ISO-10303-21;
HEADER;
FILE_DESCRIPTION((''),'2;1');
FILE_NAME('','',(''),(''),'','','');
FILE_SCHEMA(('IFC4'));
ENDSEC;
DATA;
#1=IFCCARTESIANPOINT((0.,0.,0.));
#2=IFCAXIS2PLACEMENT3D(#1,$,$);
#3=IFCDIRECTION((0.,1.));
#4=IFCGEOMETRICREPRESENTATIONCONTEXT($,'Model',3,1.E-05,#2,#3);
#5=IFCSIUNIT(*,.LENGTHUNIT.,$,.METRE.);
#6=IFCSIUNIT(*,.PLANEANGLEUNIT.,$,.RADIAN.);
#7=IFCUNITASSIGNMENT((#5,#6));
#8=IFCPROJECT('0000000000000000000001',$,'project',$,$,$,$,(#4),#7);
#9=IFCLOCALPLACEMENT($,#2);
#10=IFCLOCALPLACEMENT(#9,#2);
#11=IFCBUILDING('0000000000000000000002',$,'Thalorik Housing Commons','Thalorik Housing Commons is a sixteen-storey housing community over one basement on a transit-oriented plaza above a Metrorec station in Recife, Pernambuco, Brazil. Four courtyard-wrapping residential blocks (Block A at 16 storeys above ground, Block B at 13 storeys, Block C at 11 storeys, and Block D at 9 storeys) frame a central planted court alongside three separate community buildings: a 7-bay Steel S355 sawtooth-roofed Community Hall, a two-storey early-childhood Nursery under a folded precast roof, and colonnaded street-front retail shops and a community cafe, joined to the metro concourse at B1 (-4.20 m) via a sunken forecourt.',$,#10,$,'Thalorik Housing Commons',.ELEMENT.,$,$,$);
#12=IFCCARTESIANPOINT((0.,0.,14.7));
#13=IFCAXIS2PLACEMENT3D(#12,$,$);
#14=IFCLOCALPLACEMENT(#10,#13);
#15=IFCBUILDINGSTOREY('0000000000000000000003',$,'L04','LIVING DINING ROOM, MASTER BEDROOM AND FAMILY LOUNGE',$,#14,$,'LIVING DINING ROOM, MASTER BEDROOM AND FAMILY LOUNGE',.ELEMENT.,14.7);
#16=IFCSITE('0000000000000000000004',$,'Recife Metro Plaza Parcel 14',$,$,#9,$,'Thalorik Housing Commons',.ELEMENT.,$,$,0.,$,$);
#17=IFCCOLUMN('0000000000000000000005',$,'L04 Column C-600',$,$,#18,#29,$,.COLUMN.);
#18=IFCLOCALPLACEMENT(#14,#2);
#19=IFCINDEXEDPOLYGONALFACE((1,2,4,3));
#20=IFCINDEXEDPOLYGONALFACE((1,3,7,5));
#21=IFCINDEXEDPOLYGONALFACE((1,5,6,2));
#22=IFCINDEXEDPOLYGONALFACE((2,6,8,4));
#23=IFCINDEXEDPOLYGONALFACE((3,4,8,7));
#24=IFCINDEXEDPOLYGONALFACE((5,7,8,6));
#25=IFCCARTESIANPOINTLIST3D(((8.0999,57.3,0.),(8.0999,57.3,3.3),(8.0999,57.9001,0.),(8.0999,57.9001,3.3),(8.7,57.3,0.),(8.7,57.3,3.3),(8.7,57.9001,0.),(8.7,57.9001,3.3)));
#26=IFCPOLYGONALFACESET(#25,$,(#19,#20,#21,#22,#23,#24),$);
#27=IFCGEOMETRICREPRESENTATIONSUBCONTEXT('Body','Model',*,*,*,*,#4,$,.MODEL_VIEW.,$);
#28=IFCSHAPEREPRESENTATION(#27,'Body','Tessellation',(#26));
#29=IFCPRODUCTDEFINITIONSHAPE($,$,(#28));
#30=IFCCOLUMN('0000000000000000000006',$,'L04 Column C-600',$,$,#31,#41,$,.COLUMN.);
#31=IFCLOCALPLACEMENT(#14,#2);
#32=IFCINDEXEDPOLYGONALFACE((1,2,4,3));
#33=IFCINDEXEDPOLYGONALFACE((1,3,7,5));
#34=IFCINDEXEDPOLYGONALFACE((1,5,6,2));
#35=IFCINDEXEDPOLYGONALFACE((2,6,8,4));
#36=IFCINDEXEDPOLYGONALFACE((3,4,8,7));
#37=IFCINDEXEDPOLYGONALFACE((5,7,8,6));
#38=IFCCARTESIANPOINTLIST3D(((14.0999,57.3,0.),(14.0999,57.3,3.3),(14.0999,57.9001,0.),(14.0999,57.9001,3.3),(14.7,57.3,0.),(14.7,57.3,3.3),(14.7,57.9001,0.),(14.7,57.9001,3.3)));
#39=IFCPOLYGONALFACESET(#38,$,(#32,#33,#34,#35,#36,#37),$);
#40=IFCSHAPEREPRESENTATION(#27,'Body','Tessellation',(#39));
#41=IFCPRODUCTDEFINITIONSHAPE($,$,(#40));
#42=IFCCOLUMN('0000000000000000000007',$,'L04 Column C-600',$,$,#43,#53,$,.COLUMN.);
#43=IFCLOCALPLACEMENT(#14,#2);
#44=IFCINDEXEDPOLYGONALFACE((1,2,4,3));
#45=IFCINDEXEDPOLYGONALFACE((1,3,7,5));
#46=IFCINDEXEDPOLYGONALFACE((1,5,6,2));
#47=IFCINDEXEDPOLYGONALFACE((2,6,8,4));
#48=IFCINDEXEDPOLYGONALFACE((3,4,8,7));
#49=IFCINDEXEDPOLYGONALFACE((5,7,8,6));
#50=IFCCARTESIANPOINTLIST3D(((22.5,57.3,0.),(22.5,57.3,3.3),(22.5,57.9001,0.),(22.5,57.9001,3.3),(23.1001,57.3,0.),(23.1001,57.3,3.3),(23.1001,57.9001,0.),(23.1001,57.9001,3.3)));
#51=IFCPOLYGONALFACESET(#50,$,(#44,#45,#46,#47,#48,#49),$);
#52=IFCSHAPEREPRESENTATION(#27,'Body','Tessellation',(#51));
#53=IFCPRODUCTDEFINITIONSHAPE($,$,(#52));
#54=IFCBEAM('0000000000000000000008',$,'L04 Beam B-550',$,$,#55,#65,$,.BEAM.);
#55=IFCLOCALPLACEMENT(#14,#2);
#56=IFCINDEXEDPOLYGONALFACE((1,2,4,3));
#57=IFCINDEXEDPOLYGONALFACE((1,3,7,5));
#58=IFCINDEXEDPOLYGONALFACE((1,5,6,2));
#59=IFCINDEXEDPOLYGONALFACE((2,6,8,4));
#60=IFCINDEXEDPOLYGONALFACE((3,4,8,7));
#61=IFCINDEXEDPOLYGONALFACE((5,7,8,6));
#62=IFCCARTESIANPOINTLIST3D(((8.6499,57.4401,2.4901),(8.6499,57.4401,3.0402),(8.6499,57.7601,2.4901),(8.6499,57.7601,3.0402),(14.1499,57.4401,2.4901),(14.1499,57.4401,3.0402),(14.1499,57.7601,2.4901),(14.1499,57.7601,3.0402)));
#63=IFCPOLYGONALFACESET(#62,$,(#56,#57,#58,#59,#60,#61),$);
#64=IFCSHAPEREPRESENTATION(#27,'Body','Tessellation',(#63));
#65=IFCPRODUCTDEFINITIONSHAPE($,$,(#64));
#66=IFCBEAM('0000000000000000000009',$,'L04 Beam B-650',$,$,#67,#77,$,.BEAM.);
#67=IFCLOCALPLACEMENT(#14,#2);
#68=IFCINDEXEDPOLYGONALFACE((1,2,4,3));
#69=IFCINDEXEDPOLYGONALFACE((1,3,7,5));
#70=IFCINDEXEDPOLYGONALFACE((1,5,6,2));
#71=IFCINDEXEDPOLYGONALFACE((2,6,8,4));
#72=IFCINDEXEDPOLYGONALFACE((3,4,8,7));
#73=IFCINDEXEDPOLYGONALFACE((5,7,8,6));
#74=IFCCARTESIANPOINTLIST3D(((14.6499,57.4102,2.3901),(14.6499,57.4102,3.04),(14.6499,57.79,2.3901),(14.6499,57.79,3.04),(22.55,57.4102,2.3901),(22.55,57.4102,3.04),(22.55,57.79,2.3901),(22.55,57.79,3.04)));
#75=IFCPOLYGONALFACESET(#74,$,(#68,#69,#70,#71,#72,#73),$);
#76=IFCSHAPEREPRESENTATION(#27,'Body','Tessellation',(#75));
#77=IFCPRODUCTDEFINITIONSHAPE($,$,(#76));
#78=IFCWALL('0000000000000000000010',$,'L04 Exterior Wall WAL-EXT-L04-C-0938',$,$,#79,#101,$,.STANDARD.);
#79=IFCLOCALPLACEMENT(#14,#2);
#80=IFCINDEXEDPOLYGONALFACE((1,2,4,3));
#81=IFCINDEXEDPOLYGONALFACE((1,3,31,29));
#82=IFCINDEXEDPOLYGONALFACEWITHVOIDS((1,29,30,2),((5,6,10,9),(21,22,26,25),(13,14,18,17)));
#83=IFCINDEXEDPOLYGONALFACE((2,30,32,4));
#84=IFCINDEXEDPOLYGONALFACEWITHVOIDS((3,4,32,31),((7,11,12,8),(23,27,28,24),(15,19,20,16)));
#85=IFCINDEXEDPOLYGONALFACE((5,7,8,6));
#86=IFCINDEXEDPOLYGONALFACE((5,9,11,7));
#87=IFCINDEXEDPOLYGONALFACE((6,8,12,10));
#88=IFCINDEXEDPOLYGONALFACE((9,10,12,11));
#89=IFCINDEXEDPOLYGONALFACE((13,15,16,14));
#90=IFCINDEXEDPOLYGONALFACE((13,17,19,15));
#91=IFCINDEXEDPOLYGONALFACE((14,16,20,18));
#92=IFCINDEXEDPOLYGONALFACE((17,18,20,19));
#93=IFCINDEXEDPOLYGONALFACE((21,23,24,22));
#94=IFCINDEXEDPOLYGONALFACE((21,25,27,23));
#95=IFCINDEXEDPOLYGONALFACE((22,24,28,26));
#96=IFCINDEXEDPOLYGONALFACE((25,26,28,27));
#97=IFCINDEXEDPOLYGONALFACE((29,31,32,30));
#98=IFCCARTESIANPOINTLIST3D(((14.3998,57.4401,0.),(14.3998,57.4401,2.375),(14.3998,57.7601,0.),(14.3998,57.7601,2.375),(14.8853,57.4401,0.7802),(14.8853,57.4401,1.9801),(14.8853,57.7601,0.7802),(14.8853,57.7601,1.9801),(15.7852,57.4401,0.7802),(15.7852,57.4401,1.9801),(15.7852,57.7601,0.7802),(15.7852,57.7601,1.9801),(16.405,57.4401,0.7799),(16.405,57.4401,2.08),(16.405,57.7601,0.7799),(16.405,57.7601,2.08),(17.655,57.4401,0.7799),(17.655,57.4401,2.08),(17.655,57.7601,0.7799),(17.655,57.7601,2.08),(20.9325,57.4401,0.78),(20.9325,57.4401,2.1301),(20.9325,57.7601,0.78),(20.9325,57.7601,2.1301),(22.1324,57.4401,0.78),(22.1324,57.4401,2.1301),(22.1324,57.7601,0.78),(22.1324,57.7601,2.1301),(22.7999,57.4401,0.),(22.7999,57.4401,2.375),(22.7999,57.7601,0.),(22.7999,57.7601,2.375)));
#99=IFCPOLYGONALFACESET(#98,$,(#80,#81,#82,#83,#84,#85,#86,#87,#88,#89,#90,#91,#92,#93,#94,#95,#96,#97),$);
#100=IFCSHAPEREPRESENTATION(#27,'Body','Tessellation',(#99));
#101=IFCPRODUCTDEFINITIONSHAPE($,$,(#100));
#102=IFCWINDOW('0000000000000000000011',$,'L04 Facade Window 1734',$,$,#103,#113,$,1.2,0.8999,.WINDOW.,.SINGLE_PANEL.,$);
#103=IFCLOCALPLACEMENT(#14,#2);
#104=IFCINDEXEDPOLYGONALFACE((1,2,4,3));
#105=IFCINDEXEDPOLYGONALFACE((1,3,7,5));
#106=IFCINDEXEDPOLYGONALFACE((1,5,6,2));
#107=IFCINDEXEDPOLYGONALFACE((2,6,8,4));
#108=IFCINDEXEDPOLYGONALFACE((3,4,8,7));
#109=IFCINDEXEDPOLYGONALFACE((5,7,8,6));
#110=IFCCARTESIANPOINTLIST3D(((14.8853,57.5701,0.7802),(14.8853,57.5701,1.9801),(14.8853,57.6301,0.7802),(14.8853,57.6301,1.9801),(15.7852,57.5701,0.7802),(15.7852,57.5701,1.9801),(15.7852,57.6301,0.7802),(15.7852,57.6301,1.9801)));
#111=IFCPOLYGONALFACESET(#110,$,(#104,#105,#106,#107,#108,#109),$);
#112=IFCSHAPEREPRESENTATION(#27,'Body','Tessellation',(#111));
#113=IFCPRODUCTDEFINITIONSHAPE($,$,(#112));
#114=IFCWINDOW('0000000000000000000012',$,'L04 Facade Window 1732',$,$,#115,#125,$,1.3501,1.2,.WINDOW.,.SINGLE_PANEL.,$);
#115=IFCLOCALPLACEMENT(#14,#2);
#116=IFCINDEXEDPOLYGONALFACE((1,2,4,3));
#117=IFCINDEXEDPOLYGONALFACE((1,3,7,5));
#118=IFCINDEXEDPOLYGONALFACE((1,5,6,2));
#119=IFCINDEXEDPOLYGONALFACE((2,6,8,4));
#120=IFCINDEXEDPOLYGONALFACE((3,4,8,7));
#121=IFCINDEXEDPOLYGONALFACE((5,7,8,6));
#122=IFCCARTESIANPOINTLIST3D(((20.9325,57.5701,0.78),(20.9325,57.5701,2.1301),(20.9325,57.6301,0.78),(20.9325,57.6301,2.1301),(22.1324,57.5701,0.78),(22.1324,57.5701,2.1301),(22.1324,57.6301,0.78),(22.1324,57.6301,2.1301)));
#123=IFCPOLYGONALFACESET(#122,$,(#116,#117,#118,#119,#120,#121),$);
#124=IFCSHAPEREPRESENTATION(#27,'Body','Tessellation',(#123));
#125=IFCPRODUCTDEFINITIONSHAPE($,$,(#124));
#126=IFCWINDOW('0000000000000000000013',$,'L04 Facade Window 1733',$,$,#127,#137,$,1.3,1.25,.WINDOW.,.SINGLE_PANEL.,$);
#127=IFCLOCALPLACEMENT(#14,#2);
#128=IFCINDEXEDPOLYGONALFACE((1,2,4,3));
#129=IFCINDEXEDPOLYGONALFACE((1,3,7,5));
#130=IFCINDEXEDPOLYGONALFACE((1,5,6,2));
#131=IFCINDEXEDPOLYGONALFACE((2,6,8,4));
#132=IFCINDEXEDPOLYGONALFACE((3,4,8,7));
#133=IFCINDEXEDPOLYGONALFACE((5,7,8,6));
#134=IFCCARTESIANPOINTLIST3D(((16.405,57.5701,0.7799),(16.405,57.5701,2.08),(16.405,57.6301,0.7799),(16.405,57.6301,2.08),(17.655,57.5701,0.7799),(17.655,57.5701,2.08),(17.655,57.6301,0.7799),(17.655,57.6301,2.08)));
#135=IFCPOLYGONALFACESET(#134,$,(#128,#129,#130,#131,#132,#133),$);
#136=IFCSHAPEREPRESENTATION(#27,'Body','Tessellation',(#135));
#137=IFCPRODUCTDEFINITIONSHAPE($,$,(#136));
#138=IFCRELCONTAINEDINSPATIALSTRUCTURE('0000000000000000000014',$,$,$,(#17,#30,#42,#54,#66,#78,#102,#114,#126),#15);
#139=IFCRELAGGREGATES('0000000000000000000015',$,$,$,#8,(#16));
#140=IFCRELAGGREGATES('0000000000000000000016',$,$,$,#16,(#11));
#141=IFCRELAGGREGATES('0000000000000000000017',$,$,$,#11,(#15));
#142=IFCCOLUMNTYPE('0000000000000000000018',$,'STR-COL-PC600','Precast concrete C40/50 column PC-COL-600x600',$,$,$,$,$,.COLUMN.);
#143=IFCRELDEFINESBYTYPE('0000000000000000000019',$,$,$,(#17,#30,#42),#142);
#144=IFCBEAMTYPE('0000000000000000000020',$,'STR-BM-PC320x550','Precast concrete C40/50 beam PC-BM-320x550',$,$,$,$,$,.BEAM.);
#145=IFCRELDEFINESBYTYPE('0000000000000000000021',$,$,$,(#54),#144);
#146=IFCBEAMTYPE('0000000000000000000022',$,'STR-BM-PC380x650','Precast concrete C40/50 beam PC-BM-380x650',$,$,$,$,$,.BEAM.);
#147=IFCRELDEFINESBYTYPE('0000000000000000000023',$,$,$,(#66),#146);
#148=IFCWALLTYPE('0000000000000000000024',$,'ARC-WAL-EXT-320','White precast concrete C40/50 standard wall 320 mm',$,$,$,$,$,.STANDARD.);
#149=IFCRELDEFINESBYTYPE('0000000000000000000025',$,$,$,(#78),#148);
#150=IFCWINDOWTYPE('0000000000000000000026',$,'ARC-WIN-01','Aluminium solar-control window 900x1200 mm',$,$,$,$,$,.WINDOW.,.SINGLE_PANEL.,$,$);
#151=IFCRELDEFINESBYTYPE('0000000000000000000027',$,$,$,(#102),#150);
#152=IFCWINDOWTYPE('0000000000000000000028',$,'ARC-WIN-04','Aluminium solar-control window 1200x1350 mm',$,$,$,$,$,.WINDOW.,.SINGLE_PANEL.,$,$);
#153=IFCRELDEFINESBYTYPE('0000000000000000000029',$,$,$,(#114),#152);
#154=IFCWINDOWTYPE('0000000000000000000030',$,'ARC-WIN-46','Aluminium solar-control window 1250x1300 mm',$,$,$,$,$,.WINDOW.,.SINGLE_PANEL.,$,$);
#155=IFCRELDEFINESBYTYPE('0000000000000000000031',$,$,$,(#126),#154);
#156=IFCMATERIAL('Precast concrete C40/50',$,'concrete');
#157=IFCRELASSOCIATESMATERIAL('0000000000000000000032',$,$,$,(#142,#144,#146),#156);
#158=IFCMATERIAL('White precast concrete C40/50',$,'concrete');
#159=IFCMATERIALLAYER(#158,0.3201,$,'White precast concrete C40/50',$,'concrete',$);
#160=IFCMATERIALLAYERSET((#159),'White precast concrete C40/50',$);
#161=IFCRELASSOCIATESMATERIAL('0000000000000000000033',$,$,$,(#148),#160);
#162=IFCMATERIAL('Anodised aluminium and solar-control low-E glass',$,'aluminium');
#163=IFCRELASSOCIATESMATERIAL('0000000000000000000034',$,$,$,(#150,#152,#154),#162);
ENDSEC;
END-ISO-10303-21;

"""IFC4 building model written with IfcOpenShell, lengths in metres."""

from ifc_helpers import new_model, si_unit, direction, frame, frame_2d, origin, origin_2d, place, context, subcontext, project, spatial, rectangle, extrude, material, layer, layer_set, material_profile, profile_set, type_object, element, fill, save


model = new_model("IFC4")

# Units and contexts
model_context = context("Model", 3, precision=1e-05, world=origin(), true_north=direction((0.0, 1.0)))
body_context = subcontext(model_context, "Body", "Model", "MODEL_VIEW")
ifc_project = project(units=[si_unit("LENGTHUNIT", "METRE"), si_unit("PLANEANGLEUNIT", "RADIAN")], contexts=[model_context])

# Site, building, storey
site_placement = place(None, origin())
site = spatial("IfcSite", under=ifc_project, at=site_placement, Name="Recife Metro Plaza Parcel 14", LongName="Thalorik Housing Commons", CompositionType="ELEMENT", RefElevation=0.0)
building_placement = place(site_placement, origin())
building = spatial("IfcBuilding", under=site, at=building_placement, Name="Thalorik Housing Commons", Description="Thalorik Housing Commons is a sixteen-storey housing community over one basement on a transit-oriented plaza above a Metrorec station in Recife, Pernambuco, Brazil. Four courtyard-wrapping residential blocks (Block A at 16 storeys above ground, Block B at 13 storeys, Block C at 11 storeys, and Block D at 9 storeys) frame a central planted court alongside three separate community buildings: a 7-bay Steel S355 sawtooth-roofed Community Hall, a two-storey early-childhood Nursery under a folded precast roof, and colonnaded street-front retail shops and a community cafe, joined to the metro concourse at B1 (-4.20 m) via a sunken forecourt.", LongName="Thalorik Housing Commons", CompositionType="ELEMENT")
storey_placement = place(building_placement, frame((0.0, 0.0, 14.7)))
storey = spatial("IfcBuildingStorey", under=building, at=storey_placement, Name="L04", Description="LIVING DINING ROOM, MASTER BEDROOM AND FAMILY LOUNGE", LongName="LIVING DINING ROOM, MASTER BEDROOM AND FAMILY LOUNGE", CompositionType="ELEMENT", Elevation=14.7)

# Columns
ifc_material_1 = material(Name="Precast concrete C40/50", Category="concrete")
ifc_material_profile_1 = material_profile(ifc_material_1, rectangle(XDim=0.6001, YDim=0.6001, at=origin_2d()), Name="PC 600x600", Category="concrete")
ifc_profile_set_1 = profile_set([ifc_material_profile_1], Name="Precast concrete C40/50")
column_type = type_object("IfcColumnType", Name="STR-COL-PC600", Description="Precast concrete C40/50 column PC-COL-600x600", PredefinedType="COLUMN", material=ifc_profile_set_1)
for number, where, z_axis, x_axis, name in (
    (1, (8.3999, 57.6001, 0.0), (0.0, 0.0, 1.0), (1.0, 0.0, 0.0), "L04 Column C-600"),
    (2, (14.3999, 57.6001, 0.0), (0.0, 0.0, 1.0), (1.0, 0.0, 0.0), "L04 Column C-600"),
    (3, (22.8, 57.6001, 0.0), (0.0, 0.0, 1.0), (1.0, 0.0, 0.0), "L04 Column C-600"),
):
    element("IfcColumn", number, at=place(storey_placement, frame(where, z_axis=z_axis, x_axis=x_axis)), inside=storey, type_object=column_type, Name=name, PredefinedType="COLUMN", context=body_context, shape_type="SweptSolid", body=[
        extrude(rectangle(XDim=0.6001, YDim=0.6001, at=origin_2d()), origin(), (0.0, 0.0, 1.0), 3.3),
    ])

# Beams
ifc_material_profile_2 = material_profile(ifc_material_1, rectangle(XDim=0.3201, YDim=0.55, at=origin_2d()), Name="PC 320x550", Category="concrete")
ifc_profile_set_2 = profile_set([ifc_material_profile_2], Name="Precast concrete C40/50")
beam_type_1 = type_object("IfcBeamType", Name="STR-BM-PC320x550", Description="Precast concrete C40/50 beam PC-BM-320x550", PredefinedType="BEAM", material=ifc_profile_set_2)
beam_1_placement = place(storey_placement, frame((8.6499, 57.6001, 2.7651), z_axis=(1.0, 0.0, 0.0), x_axis=(0.0, 1.0, 0.0)))
element("IfcBeam", 4, at=beam_1_placement, inside=storey, type_object=beam_type_1, Name="L04 Beam B-550", PredefinedType="BEAM", context=body_context, shape_type="SweptSolid", body=[
    extrude(rectangle(XDim=0.3201, YDim=0.55, at=origin_2d()), origin(), (0.0, 0.0, 1.0), 5.5),
])
ifc_material_profile_3 = material_profile(ifc_material_1, rectangle(XDim=0.3799, YDim=0.6499, at=origin_2d()), Name="PC 380x650", Category="concrete")
ifc_profile_set_3 = profile_set([ifc_material_profile_3], Name="Precast concrete C40/50")
beam_type_2 = type_object("IfcBeamType", Name="STR-BM-PC380x650", Description="Precast concrete C40/50 beam PC-BM-380x650", PredefinedType="BEAM", material=ifc_profile_set_3)
beam_2_placement = place(storey_placement, frame((14.6499, 57.6001, 2.7151), z_axis=(1.0, 0.0, 0.0), x_axis=(0.0, 1.0, 0.0)))
element("IfcBeam", 5, at=beam_2_placement, inside=storey, type_object=beam_type_2, Name="L04 Beam B-650", PredefinedType="BEAM", context=body_context, shape_type="SweptSolid", body=[
    extrude(rectangle(XDim=0.3799, YDim=0.6499, at=origin_2d()), origin(), (0.0, 0.0, 1.0), 7.9001),
])

# Wall, openings, windows
ifc_material_2 = material(Name="White precast concrete C40/50", Category="concrete")
ifc_layer_1 = layer(ifc_material_2, 0.3201, Name="White precast concrete C40/50", Category="concrete")
ifc_layer_set_1 = layer_set([ifc_layer_1], Name="White precast concrete C40/50")
wall_type = type_object("IfcWallType", Name="ARC-WAL-EXT-320", Description="White precast concrete C40/50 standard wall 320 mm", PredefinedType="STANDARD", material=ifc_layer_set_1)
wall_1_placement = place(storey_placement, frame((22.8, 57.6001, 0.0), z_axis=(0.0, 0.0, 1.0), x_axis=(-1.0, 0.0, 0.0)))
wall_1 = element("IfcWall", 6, at=wall_1_placement, inside=storey, type_object=wall_type, Name="L04 Exterior Wall WAL-EXT-L04-C-0938", PredefinedType="STANDARD", context=body_context, shape_type="SweptSolid", body=[
    extrude(rectangle(XDim=8.4001, YDim=0.3201, at=frame_2d((4.2002, 0.0))), origin(), (0.0, 0.0, 1.0), 2.375),
])
opening_1_placement = place(wall_1_placement, frame((0.6675, 0.0, 0.78)))
opening_1 = element("IfcOpeningElement", 7, at=opening_1_placement, cuts=wall_1, PredefinedType="OPENING", context=body_context, shape_type="SweptSolid", body=[
    extrude(rectangle(XDim=1.2, YDim=1.3501, at=frame_2d((0.6001, 0.675))), frame((0.0, 0.1699, 0.0), z_axis=(0.0, -1.0, 0.0), x_axis=(1.0, 0.0, 0.0)), (0.0, 0.0, 1.0), 0.3401),
])
opening_2_placement = place(wall_1_placement, frame((5.145, 0.0, 0.78)))
opening_2 = element("IfcOpeningElement", 8, at=opening_2_placement, cuts=wall_1, PredefinedType="OPENING", context=body_context, shape_type="SweptSolid", body=[
    extrude(rectangle(XDim=1.25, YDim=1.3, at=frame_2d((0.625, 0.6499))), frame((0.0, 0.1699, 0.0), z_axis=(0.0, -1.0, 0.0), x_axis=(1.0, 0.0, 0.0)), (0.0, 0.0, 1.0), 0.3401),
])
opening_3_placement = place(wall_1_placement, frame((7.0149, 0.0, 0.78)))
opening_3 = element("IfcOpeningElement", 9, at=opening_3_placement, cuts=wall_1, PredefinedType="OPENING", context=body_context, shape_type="SweptSolid", body=[
    extrude(rectangle(XDim=0.8999, YDim=1.2, at=frame_2d((0.45, 0.6001))), frame((0.0, 0.1699, 0.0), z_axis=(0.0, -1.0, 0.0), x_axis=(1.0, 0.0, 0.0)), (0.0, 0.0, 1.0), 0.3401),
])
ifc_material_3 = material(Name="Anodised aluminium and solar-control low-E glass", Category="aluminium")
window_type_1 = type_object("IfcWindowType", Name="ARC-WIN-01", Description="Aluminium solar-control window 900x1200 mm", PartitioningType="SINGLE_PANEL", PredefinedType="WINDOW", material=ifc_material_3)
window_1_placement = place(opening_3_placement, origin())
window_1 = element("IfcWindow", 10, at=window_1_placement, inside=storey, type_object=window_type_1, Name="L04 Facade Window 1734", OverallHeight=1.2, OverallWidth=0.8999, PartitioningType="SINGLE_PANEL", PredefinedType="WINDOW", context=body_context, shape_type="SweptSolid", body=[
    extrude(rectangle(XDim=0.8999, YDim=1.2, at=frame_2d((0.45, 0.6001))), frame((0.0, 0.03, 0.0), z_axis=(0.0, -1.0, 0.0), x_axis=(1.0, 0.0, 0.0)), (0.0, 0.0, 1.0), 0.0601),
])
fill(opening_3, window_1)
window_type_2 = type_object("IfcWindowType", Name="ARC-WIN-04", Description="Aluminium solar-control window 1200x1350 mm", PartitioningType="SINGLE_PANEL", PredefinedType="WINDOW", material=ifc_material_3)
window_2_placement = place(opening_1_placement, origin())
window_2 = element("IfcWindow", 11, at=window_2_placement, inside=storey, type_object=window_type_2, Name="L04 Facade Window 1732", OverallHeight=1.3501, OverallWidth=1.2, PartitioningType="SINGLE_PANEL", PredefinedType="WINDOW", context=body_context, shape_type="SweptSolid", body=[
    extrude(rectangle(XDim=1.2, YDim=1.3501, at=frame_2d((0.6001, 0.675))), frame((0.0, 0.03, 0.0), z_axis=(0.0, -1.0, 0.0), x_axis=(1.0, 0.0, 0.0)), (0.0, 0.0, 1.0), 0.0601),
])
fill(opening_1, window_2)
window_type_3 = type_object("IfcWindowType", Name="ARC-WIN-46", Description="Aluminium solar-control window 1250x1300 mm", PartitioningType="SINGLE_PANEL", PredefinedType="WINDOW", material=ifc_material_3)
window_3_placement = place(opening_2_placement, origin())
window_3 = element("IfcWindow", 12, at=window_3_placement, inside=storey, type_object=window_type_3, Name="L04 Facade Window 1733", OverallHeight=1.3, OverallWidth=1.25, PartitioningType="SINGLE_PANEL", PredefinedType="WINDOW", context=body_context, shape_type="SweptSolid", body=[
    extrude(rectangle(XDim=1.25, YDim=1.3, at=frame_2d((0.625, 0.6499))), frame((0.0, 0.03, 0.0), z_axis=(0.0, -1.0, 0.0), x_axis=(1.0, 0.0, 0.0)), (0.0, 0.0, 1.0), 0.0601),
])
fill(opening_2, window_3)

save(model, "model.ifc")
